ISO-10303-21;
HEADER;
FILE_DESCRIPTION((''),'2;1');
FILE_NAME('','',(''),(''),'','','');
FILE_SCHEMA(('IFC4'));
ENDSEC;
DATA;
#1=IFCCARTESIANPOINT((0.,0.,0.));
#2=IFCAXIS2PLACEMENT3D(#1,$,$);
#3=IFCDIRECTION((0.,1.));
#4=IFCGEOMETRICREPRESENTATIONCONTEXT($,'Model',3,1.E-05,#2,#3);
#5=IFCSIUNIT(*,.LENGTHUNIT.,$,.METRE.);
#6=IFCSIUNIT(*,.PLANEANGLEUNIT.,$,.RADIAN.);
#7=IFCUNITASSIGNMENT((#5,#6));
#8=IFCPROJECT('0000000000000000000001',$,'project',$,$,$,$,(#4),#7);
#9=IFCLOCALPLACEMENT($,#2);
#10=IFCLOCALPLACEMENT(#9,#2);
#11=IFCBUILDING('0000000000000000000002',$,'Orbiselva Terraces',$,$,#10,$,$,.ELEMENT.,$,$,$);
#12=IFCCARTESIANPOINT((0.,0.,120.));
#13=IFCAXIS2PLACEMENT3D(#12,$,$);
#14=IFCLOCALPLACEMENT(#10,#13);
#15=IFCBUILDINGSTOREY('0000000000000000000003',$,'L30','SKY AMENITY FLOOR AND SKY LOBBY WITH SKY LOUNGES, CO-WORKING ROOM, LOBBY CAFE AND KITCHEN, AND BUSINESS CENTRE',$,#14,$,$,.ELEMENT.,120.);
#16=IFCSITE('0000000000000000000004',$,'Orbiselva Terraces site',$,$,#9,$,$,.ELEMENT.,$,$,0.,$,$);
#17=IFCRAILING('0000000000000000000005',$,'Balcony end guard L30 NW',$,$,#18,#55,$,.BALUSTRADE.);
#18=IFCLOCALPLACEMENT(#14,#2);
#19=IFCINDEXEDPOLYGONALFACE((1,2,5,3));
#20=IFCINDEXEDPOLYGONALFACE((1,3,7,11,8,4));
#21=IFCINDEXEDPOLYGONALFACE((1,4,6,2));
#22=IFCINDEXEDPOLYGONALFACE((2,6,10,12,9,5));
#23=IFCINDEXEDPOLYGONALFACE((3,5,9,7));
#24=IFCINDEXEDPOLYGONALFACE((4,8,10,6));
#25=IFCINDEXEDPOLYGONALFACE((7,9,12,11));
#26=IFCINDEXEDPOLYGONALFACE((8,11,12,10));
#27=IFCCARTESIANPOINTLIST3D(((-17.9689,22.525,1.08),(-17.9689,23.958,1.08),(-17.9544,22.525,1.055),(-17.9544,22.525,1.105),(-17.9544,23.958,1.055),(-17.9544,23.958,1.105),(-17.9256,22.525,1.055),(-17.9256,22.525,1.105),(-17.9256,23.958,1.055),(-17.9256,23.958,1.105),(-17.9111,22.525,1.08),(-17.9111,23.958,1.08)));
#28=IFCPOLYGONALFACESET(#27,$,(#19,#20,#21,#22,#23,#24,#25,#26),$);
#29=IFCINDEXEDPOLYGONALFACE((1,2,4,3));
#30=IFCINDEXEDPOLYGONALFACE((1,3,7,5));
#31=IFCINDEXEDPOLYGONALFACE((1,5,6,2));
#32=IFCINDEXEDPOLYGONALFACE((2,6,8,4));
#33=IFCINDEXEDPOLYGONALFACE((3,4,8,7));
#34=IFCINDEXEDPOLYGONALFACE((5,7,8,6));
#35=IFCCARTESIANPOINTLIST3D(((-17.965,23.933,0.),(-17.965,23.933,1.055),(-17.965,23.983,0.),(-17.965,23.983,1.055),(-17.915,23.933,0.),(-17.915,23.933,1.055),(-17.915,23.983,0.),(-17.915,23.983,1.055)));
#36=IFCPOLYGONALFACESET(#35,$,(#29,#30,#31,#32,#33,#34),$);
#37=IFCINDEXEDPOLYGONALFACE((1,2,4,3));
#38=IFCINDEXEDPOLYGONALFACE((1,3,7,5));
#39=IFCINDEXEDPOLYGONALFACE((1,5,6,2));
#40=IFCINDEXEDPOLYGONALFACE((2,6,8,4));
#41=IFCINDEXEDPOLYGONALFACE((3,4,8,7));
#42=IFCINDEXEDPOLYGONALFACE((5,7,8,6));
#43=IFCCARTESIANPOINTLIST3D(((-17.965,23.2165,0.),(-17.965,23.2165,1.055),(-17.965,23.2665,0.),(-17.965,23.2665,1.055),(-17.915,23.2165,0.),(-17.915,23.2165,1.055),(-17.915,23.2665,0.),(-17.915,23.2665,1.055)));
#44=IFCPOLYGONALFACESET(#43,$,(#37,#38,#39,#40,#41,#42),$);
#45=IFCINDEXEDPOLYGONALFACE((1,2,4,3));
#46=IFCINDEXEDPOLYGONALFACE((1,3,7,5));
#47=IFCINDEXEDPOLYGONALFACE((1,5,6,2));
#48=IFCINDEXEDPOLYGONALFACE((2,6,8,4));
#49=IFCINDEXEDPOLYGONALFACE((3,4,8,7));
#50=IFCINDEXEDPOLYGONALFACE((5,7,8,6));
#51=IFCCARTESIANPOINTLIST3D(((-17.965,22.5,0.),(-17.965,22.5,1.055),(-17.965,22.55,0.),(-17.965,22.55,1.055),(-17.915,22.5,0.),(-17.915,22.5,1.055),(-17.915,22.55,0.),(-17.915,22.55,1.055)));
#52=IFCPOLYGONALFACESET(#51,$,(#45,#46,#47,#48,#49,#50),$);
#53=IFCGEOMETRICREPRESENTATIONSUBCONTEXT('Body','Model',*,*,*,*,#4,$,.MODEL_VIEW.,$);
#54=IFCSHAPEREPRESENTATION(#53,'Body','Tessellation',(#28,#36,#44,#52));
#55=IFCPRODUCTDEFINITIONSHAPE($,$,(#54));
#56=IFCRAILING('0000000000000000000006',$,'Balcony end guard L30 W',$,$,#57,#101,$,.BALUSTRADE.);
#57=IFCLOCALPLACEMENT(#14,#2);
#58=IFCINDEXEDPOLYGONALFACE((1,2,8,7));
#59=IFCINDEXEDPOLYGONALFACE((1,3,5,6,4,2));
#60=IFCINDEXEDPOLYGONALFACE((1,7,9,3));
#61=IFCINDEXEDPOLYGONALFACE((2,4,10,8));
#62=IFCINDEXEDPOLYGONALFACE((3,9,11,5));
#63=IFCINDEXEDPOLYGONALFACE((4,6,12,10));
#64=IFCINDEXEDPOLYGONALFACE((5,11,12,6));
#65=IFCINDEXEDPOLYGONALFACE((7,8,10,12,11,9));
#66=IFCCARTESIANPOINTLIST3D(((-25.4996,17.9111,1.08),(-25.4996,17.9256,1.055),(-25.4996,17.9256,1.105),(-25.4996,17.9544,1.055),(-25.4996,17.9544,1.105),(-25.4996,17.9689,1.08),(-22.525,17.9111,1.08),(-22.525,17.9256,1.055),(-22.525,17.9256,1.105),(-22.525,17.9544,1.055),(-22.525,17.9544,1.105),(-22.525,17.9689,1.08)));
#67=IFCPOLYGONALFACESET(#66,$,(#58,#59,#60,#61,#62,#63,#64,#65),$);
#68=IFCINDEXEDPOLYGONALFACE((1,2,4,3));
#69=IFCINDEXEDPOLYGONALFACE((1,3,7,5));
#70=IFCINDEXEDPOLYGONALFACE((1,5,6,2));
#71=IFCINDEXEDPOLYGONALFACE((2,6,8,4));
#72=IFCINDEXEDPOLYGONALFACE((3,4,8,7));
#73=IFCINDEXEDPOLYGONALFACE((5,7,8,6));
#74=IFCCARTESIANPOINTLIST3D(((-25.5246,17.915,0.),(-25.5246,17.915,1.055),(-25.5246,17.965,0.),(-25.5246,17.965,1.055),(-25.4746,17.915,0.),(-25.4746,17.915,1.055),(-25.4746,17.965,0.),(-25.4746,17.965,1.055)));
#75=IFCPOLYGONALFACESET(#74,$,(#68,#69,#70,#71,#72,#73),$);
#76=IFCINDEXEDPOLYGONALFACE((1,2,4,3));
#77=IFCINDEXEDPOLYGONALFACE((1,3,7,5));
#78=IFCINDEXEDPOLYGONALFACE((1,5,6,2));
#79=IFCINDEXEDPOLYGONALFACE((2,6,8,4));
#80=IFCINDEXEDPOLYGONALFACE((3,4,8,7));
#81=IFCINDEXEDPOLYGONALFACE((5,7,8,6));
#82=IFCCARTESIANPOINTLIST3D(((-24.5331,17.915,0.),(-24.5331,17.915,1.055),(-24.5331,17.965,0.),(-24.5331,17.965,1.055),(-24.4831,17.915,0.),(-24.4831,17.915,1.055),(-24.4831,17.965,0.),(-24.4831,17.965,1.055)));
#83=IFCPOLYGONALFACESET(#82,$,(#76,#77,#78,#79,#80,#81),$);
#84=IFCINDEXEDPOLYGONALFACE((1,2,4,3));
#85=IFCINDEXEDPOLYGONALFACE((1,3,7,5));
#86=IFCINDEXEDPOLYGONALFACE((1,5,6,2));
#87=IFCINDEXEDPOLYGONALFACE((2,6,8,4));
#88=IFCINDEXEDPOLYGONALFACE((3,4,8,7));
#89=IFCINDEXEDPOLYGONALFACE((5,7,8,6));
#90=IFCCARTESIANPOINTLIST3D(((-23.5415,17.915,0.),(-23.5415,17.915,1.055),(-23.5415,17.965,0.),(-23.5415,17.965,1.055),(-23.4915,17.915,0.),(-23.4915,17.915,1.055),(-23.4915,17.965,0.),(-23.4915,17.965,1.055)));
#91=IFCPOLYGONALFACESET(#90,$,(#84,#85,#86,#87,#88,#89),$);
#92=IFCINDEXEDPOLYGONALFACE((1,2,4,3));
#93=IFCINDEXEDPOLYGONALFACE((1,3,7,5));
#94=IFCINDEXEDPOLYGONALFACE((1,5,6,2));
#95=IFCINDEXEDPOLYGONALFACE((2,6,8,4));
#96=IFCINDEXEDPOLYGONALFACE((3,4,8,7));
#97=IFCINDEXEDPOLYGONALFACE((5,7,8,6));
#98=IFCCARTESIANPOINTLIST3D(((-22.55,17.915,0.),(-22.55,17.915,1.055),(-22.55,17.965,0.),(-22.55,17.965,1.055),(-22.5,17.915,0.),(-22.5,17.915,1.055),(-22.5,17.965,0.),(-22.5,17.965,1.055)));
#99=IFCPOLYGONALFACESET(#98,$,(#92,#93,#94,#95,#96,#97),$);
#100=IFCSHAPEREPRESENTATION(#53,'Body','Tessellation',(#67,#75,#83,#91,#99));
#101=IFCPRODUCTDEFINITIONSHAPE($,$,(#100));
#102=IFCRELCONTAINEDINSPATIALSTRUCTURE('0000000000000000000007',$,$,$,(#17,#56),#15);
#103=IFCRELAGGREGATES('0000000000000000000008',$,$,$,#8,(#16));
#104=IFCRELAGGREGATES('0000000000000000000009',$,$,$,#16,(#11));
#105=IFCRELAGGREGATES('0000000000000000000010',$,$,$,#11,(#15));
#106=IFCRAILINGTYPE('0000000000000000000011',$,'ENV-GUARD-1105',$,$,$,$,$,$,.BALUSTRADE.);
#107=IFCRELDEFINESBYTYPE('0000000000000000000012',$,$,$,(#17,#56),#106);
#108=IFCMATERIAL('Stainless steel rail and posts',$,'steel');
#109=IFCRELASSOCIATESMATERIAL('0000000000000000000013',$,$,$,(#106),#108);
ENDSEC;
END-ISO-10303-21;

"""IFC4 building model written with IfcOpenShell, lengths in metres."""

from ifc_helpers import new_model, si_unit, direction, frame, origin, origin_2d, place, context, subcontext, project, spatial, polyline, rectangle, outline, extrude, material, type_object, element, save


model = new_model("IFC4")

# Units and contexts
model_context = context("Model", 3, precision=1e-05, world=origin(), true_north=direction((0.0, 1.0)))
body_context = subcontext(model_context, "Body", "Model", "MODEL_VIEW")
ifc_project = project(units=[si_unit("LENGTHUNIT", "METRE"), si_unit("PLANEANGLEUNIT", "RADIAN")], contexts=[model_context])

# Site, building, storey
site_placement = place(None, origin())
site = spatial("IfcSite", under=ifc_project, at=site_placement, Name="Orbiselva Terraces site", CompositionType="ELEMENT", RefElevation=0.0)
building_placement = place(site_placement, origin())
building = spatial("IfcBuilding", under=site, at=building_placement, Name="Orbiselva Terraces", CompositionType="ELEMENT")
storey_placement = place(building_placement, frame((0.0, 0.0, 120.0)))
storey = spatial("IfcBuildingStorey", under=building, at=storey_placement, Name="L30", Description="SKY AMENITY FLOOR AND SKY LOBBY WITH SKY LOUNGES, CO-WORKING ROOM, LOBBY CAFE AND KITCHEN, AND BUSINESS CENTRE", CompositionType="ELEMENT", Elevation=120.0)

# Railings
ifc_material_1 = material(Name="Stainless steel rail and posts", Category="steel")
railing_type_1 = type_object("IfcRailingType", Name="ENV-GUARD-1105", PredefinedType="BALUSTRADE", material=ifc_material_1)
railing_1_placement = place(storey_placement, frame((-17.94, 23.958, 0.0)))
element("IfcRailing", 1, at=railing_1_placement, inside=storey, type_object=railing_type_1, Name="Balcony end guard L30 NW", PredefinedType="BALUSTRADE", context=body_context, shape_type="SweptSolid", body=[
    extrude(outline(polyline([(0.0289, 0.0), (0.0144, 0.025), (-0.0144, 0.025), (-0.0289, 0.0), (-0.0144, -0.025), (0.0144, -0.025), (0.0289, 0.0)])), frame((0.0, 0.0, 1.08), z_axis=(0.0, -1.0, 0.0), x_axis=(1.0, 0.0, 0.0)), (0.0, 0.0, 1.0), 1.433),
    extrude(rectangle(XDim=0.05, YDim=0.05, at=origin_2d()), origin(), (0.0, 0.0, 1.0), 1.055),
    extrude(rectangle(XDim=0.05, YDim=0.05, at=origin_2d()), frame((0.0, -0.7165, 0.0)), (0.0, 0.0, 1.0), 1.055),
    extrude(rectangle(XDim=0.05, YDim=0.05, at=origin_2d()), frame((0.0, -1.433, 0.0)), (0.0, 0.0, 1.0), 1.055),
])
railing_2_placement = place(storey_placement, frame((-25.4996, 17.94, 0.0)))
element("IfcRailing", 2, at=railing_2_placement, inside=storey, type_object=railing_type_1, Name="Balcony end guard L30 W", PredefinedType="BALUSTRADE", context=body_context, shape_type="SweptSolid", body=[
    extrude(outline(polyline([(0.0289, 0.0), (0.0144, 0.025), (-0.0144, 0.025), (-0.0289, 0.0), (-0.0144, -0.025), (0.0144, -0.025), (0.0289, 0.0)])), frame((0.0, 0.0, 1.08), z_axis=(1.0, 0.0, 0.0), x_axis=(0.0, 1.0, 0.0)), (0.0, 0.0, 1.0), 2.9746),
    extrude(rectangle(XDim=0.05, YDim=0.05, at=origin_2d()), origin(), (0.0, 0.0, 1.0), 1.055),
    extrude(rectangle(XDim=0.05, YDim=0.05, at=origin_2d()), frame((0.9915, 0.0, 0.0)), (0.0, 0.0, 1.0), 1.055),
    extrude(rectangle(XDim=0.05, YDim=0.05, at=origin_2d()), frame((1.9831, 0.0, 0.0)), (0.0, 0.0, 1.0), 1.055),
    extrude(rectangle(XDim=0.05, YDim=0.05, at=origin_2d()), frame((2.9746, 0.0, 0.0)), (0.0, 0.0, 1.0), 1.055),
])

save(model, "model.ifc")
